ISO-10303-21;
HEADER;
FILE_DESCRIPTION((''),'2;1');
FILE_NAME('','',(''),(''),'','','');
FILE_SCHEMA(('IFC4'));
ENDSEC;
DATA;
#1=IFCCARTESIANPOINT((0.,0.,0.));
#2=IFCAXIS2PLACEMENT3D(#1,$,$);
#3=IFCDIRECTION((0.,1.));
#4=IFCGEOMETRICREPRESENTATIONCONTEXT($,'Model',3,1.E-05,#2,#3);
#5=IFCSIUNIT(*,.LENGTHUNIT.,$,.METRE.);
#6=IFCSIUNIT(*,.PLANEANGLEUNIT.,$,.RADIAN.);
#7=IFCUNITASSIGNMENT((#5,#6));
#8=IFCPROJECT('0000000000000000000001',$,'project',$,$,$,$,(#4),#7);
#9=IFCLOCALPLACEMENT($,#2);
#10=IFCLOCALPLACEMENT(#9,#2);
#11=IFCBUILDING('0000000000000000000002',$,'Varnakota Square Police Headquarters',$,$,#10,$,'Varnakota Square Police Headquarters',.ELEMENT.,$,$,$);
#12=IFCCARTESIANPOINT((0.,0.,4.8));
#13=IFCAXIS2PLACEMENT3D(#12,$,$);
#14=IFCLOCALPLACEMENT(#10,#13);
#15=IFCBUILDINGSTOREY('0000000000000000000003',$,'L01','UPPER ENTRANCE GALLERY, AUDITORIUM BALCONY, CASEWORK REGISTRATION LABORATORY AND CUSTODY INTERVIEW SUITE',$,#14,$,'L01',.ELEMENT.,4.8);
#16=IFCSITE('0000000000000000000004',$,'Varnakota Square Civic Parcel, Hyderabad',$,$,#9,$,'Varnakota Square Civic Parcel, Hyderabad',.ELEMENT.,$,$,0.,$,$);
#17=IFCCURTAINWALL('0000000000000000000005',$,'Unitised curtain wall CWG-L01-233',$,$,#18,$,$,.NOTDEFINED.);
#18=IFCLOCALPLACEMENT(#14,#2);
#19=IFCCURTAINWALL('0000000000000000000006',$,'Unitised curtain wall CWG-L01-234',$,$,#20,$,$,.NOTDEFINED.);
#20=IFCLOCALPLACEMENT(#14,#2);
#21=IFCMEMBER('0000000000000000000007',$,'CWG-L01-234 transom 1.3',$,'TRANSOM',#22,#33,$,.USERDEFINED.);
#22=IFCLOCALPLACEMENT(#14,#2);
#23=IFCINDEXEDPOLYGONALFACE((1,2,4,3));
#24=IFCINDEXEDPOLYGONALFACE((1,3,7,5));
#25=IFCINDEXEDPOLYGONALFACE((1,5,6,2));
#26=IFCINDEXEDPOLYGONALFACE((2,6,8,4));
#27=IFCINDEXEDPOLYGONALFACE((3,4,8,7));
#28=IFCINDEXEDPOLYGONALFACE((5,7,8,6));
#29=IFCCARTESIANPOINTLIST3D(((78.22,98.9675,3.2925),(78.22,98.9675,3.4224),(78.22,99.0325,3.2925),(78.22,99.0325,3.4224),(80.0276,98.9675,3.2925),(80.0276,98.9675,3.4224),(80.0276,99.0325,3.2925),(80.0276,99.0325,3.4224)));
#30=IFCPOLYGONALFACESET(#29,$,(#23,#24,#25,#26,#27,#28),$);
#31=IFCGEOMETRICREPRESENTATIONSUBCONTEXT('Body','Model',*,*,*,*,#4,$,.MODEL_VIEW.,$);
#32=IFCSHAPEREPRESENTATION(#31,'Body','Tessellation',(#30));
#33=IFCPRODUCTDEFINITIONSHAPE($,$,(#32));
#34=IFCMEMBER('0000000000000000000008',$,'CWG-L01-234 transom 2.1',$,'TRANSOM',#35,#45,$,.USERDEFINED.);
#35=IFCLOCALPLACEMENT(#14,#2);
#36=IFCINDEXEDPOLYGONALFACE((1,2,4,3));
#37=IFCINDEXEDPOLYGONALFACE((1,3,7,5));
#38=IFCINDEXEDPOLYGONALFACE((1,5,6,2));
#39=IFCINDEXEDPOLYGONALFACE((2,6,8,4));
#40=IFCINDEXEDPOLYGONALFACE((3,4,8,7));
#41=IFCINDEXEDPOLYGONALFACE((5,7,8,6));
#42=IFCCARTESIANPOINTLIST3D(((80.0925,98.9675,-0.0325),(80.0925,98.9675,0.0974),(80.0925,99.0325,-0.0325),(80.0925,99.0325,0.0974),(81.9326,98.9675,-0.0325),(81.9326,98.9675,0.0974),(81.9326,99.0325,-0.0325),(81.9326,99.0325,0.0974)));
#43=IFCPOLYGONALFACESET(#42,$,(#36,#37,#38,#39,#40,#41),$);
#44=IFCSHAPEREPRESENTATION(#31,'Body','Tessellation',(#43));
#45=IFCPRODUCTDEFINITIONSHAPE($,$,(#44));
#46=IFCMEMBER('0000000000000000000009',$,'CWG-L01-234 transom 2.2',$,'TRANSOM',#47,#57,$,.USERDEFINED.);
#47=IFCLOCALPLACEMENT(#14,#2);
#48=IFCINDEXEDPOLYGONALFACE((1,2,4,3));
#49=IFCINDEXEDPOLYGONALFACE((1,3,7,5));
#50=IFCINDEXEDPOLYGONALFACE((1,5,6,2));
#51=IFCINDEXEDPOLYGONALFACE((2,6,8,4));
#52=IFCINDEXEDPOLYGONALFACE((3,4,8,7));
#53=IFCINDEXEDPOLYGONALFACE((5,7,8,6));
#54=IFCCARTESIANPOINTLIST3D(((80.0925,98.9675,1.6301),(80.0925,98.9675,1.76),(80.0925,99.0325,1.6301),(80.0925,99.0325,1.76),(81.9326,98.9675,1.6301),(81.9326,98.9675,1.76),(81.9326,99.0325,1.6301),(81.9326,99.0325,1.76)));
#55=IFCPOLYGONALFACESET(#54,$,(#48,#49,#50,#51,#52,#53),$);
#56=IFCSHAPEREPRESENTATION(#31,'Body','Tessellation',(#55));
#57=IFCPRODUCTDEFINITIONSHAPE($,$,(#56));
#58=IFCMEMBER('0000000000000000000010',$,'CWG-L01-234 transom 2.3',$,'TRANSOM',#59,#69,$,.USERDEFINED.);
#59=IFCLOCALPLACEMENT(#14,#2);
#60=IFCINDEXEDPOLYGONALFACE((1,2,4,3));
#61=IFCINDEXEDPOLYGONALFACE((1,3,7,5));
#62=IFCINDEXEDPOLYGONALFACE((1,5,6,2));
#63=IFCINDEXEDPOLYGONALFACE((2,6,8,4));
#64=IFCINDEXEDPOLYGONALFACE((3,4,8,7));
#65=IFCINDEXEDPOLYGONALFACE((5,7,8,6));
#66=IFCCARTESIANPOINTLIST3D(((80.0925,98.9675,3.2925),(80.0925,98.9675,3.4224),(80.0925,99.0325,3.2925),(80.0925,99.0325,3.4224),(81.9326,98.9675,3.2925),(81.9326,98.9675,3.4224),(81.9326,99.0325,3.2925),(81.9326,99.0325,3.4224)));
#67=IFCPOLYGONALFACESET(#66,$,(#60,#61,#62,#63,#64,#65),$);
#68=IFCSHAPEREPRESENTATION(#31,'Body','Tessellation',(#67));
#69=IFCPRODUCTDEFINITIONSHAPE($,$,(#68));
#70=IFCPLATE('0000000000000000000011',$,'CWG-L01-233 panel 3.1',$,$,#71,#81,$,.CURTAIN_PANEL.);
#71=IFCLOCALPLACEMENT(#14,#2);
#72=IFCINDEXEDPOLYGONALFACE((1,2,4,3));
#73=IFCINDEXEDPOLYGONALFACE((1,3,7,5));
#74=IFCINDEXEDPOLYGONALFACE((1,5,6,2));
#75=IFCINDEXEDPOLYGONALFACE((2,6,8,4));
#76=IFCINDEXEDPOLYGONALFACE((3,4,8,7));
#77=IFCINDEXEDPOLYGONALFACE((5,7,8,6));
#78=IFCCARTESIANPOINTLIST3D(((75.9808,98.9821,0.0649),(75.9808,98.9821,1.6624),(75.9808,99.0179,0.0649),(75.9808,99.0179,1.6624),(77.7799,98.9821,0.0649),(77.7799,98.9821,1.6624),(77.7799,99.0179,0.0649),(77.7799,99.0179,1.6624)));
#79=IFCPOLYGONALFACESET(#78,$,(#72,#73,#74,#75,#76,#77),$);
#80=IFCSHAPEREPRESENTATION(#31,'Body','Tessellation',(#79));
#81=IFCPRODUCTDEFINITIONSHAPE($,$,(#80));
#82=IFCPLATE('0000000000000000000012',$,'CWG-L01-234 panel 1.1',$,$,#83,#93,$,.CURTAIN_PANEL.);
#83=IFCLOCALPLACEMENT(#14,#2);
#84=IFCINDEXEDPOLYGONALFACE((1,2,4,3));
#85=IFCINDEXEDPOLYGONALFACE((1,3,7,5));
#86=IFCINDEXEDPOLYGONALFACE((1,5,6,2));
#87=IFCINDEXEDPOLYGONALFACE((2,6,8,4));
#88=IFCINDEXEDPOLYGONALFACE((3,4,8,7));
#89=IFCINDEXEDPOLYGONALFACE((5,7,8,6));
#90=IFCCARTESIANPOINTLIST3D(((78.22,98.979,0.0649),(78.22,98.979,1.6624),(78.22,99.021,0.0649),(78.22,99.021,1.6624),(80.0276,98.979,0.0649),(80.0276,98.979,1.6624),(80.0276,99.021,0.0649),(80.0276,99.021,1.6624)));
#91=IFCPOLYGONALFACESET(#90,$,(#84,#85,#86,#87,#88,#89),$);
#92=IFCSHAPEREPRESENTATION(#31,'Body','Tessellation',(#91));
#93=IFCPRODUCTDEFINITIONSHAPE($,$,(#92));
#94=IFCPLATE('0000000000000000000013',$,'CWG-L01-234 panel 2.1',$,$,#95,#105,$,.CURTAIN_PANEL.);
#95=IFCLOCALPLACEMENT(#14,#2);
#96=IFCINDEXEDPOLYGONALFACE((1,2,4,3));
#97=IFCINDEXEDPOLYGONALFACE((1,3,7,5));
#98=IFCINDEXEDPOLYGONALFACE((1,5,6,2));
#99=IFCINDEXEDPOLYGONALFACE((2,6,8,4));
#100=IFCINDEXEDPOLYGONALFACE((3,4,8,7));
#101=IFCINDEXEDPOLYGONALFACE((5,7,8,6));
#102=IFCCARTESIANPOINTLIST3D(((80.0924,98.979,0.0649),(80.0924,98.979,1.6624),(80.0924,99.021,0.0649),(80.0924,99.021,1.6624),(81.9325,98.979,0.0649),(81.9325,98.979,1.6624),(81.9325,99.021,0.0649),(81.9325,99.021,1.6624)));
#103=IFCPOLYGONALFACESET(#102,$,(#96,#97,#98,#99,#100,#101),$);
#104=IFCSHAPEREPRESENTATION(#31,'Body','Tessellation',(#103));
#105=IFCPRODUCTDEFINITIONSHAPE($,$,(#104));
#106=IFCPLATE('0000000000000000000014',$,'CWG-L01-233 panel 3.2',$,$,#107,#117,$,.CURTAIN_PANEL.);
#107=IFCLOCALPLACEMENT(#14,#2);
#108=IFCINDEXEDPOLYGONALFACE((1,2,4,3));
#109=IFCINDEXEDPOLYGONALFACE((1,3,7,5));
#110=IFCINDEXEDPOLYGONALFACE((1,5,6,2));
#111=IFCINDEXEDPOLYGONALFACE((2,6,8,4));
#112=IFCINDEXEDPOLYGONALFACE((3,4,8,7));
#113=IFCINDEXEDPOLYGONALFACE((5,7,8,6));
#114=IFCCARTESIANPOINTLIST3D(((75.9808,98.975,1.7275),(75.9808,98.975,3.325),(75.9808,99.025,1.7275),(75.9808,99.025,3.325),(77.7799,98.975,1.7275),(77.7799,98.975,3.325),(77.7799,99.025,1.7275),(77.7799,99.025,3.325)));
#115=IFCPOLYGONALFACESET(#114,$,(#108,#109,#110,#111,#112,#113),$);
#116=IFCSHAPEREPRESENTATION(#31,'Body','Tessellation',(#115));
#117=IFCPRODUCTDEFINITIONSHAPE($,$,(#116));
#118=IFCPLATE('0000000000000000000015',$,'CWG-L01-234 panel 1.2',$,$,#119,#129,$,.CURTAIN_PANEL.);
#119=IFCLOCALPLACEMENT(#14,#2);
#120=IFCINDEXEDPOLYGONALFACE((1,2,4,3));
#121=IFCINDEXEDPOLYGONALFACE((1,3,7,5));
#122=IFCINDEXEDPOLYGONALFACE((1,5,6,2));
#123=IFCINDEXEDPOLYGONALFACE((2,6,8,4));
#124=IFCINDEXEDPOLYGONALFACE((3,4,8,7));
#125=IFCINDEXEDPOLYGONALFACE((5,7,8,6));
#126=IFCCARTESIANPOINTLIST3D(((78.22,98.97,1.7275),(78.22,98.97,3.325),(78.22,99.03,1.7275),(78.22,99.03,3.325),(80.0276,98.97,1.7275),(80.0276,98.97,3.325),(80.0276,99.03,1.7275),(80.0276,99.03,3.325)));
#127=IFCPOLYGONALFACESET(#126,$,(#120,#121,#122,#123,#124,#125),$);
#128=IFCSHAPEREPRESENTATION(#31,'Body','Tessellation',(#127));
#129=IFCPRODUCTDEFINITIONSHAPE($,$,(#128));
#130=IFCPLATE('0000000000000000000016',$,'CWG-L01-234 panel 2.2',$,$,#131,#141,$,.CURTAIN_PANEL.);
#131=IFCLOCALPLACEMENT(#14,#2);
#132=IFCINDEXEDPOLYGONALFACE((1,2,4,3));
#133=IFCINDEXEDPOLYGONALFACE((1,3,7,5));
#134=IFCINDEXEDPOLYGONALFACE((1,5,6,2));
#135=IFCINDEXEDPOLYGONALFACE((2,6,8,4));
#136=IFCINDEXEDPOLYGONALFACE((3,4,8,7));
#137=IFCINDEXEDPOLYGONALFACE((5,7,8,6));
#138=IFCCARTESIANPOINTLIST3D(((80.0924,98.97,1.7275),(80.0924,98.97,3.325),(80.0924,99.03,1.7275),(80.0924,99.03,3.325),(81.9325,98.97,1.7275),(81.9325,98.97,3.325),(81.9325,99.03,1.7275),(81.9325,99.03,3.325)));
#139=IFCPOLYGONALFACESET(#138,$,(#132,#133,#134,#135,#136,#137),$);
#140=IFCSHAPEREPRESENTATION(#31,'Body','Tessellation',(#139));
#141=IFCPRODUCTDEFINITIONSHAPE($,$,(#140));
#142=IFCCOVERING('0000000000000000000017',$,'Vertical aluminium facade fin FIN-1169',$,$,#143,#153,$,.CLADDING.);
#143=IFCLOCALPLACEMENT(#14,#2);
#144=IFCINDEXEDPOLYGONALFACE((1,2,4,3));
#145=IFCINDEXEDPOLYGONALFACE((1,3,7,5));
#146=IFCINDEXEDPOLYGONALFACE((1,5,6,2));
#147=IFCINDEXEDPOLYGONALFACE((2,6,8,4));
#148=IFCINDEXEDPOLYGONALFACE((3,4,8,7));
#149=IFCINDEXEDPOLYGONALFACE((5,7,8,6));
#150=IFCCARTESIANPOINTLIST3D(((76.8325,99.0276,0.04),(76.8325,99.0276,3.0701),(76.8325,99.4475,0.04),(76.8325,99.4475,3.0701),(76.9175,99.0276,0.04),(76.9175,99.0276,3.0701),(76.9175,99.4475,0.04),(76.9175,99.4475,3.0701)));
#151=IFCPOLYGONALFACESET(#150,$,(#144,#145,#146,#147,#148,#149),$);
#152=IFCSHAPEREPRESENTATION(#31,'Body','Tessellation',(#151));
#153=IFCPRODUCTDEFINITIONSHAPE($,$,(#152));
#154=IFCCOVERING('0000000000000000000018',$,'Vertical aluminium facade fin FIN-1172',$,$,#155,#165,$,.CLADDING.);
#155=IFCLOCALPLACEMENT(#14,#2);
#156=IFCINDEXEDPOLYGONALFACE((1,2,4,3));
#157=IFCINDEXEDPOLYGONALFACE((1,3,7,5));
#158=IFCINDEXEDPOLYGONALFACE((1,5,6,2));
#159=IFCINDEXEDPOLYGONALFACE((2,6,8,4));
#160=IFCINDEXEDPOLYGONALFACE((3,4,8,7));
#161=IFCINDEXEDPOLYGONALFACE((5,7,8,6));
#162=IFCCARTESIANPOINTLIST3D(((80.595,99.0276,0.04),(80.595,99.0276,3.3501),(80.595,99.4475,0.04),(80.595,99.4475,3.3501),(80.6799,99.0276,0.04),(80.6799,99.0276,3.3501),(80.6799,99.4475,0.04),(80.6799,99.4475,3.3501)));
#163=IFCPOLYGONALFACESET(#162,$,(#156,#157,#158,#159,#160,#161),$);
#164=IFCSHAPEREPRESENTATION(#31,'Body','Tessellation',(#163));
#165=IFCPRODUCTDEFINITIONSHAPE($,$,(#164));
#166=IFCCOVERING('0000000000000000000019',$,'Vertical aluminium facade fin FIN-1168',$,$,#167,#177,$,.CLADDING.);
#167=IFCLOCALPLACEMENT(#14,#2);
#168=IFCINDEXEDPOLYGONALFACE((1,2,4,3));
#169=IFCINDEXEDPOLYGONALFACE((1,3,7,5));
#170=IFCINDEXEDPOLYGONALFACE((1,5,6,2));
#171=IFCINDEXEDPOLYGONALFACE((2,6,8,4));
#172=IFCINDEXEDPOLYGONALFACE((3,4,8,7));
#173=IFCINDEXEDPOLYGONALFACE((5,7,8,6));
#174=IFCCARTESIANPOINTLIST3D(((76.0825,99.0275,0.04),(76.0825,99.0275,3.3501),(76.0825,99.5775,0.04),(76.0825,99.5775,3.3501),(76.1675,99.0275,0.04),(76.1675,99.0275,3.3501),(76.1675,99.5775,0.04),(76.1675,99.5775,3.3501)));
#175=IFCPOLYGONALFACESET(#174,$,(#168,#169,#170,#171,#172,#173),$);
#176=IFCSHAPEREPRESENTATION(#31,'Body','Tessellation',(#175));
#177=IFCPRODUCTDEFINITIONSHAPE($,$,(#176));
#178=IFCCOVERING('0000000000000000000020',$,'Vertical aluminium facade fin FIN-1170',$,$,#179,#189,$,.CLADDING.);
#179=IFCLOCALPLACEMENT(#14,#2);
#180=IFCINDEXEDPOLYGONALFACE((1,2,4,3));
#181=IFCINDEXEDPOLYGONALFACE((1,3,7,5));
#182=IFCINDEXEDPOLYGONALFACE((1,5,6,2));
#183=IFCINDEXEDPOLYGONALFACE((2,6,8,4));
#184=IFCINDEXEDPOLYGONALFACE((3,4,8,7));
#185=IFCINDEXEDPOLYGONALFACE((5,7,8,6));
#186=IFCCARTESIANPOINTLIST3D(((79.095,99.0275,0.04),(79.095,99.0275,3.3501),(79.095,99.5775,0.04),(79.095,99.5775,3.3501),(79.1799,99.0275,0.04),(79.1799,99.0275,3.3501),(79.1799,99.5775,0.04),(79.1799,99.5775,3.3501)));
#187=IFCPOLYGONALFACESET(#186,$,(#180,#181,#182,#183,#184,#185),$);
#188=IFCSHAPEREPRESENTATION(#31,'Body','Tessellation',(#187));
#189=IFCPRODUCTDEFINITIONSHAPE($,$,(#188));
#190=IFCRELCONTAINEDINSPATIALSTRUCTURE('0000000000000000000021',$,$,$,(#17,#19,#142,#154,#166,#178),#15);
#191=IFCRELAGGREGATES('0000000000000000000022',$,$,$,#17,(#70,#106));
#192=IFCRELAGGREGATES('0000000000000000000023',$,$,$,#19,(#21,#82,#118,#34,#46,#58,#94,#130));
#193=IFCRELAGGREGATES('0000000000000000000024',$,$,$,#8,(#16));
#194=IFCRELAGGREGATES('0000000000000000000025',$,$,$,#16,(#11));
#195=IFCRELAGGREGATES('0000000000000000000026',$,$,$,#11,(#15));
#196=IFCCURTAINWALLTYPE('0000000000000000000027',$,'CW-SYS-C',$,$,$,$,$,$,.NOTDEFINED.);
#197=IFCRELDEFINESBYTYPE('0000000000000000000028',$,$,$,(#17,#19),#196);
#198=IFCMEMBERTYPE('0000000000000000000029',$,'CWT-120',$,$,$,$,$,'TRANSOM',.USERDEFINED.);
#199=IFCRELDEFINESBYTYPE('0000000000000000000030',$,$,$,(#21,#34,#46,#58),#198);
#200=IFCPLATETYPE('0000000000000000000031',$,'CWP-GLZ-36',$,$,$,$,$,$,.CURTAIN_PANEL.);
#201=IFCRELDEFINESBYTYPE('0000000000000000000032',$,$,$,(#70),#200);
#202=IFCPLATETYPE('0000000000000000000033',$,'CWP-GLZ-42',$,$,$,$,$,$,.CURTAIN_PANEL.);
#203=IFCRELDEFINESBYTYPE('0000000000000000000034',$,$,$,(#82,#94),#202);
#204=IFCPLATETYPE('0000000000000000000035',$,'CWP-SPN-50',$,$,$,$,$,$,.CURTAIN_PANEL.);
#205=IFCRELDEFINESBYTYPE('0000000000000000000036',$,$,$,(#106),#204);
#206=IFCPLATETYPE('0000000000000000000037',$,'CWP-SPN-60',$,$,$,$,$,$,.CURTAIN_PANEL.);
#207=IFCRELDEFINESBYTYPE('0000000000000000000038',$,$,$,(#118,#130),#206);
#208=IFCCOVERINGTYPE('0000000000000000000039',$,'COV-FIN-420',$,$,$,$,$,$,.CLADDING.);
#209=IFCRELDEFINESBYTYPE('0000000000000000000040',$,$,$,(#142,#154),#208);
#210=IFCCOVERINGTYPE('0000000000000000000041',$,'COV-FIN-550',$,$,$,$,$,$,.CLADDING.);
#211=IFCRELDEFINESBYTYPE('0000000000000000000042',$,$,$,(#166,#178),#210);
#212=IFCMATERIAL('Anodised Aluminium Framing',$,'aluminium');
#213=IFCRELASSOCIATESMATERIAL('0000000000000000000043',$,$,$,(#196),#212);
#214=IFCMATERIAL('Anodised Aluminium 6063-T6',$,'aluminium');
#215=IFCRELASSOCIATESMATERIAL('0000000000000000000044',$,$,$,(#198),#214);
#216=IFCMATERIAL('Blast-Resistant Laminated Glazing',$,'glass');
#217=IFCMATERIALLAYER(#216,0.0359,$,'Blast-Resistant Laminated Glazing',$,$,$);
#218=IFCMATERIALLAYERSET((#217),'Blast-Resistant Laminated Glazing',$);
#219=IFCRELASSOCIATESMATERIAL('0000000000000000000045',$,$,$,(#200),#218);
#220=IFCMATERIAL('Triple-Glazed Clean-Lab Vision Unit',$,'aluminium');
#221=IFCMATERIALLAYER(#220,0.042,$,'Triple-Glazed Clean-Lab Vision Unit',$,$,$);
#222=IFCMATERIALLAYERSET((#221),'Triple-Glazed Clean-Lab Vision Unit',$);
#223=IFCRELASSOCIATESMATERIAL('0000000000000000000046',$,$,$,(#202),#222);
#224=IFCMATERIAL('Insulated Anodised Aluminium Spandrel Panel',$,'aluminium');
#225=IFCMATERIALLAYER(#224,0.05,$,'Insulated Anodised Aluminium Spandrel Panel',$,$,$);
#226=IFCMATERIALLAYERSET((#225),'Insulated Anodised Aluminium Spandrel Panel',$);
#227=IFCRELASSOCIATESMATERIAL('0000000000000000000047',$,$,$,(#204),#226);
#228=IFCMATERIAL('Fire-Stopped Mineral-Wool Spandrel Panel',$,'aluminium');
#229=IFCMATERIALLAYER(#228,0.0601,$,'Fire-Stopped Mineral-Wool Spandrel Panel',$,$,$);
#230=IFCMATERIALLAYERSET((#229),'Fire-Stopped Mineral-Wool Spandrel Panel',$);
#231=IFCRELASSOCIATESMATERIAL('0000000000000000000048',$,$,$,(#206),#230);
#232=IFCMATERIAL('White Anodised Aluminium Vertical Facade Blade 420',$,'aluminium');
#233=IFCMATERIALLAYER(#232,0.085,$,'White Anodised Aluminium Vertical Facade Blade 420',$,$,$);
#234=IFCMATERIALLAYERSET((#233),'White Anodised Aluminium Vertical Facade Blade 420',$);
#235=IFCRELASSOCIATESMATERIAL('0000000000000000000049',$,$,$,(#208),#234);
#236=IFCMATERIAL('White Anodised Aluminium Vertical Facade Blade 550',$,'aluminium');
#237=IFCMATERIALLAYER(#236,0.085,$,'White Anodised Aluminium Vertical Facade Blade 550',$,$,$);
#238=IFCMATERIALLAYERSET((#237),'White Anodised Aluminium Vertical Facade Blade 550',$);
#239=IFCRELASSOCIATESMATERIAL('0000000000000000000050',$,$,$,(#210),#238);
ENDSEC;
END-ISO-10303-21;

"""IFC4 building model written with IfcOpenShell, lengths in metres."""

from ifc_helpers import new_model, si_unit, direction, frame, origin, origin_2d, place, context, subcontext, project, spatial, rectangle, extrude, material, layer, layer_set, material_profile, profile_set, type_object, element, aggregate, save


model = new_model("IFC4")

# Units and contexts
model_context = context("Model", 3, precision=1e-05, world=origin(), true_north=direction((0.0, 1.0)))
body_context = subcontext(model_context, "Body", "Model", "MODEL_VIEW")
ifc_project = project(units=[si_unit("LENGTHUNIT", "METRE"), si_unit("PLANEANGLEUNIT", "RADIAN")], contexts=[model_context])

# Site, building, storey
site_placement = place(None, origin())
site = spatial("IfcSite", under=ifc_project, at=site_placement, Name="Varnakota Square Civic Parcel, Hyderabad", LongName="Varnakota Square Civic Parcel, Hyderabad", CompositionType="ELEMENT", RefElevation=0.0)
building_placement = place(site_placement, origin())
building = spatial("IfcBuilding", under=site, at=building_placement, Name="Varnakota Square Police Headquarters", LongName="Varnakota Square Police Headquarters", CompositionType="ELEMENT")
storey_placement = place(building_placement, frame((0.0, 0.0, 4.8)))
storey = spatial("IfcBuildingStorey", under=building, at=storey_placement, Name="L01", Description="UPPER ENTRANCE GALLERY, AUDITORIUM BALCONY, CASEWORK REGISTRATION LABORATORY AND CUSTODY INTERVIEW SUITE", LongName="L01", CompositionType="ELEMENT", Elevation=4.8)

# Curtain wall
ifc_material_1 = material(Name="Anodised Aluminium Framing", Category="aluminium")
curtain_wall_type = type_object("IfcCurtainWallType", Name="CW-SYS-C", PredefinedType="NOTDEFINED", material=ifc_material_1)
curtain_wall_1_placement = place(storey_placement, origin())
curtain_wall_1 = element("IfcCurtainWall", 1, at=curtain_wall_1_placement, inside=storey, type_object=curtain_wall_type, Name="Unitised curtain wall CWG-L01-233", PredefinedType="NOTDEFINED")
ifc_material_2 = material(Name="Anodised Aluminium 6063-T6", Category="aluminium")

# Curtain wall, members
curtain_wall_2_placement = place(storey_placement, origin())
curtain_wall_2 = element("IfcCurtainWall", 2, at=curtain_wall_2_placement, inside=storey, type_object=curtain_wall_type, Name="Unitised curtain wall CWG-L01-234", PredefinedType="NOTDEFINED")
ifc_material_profile_1 = material_profile(ifc_material_2, rectangle(XDim=0.0649, YDim=0.1299, at=origin_2d()), Name="ALU TRANSOM 65x130")
ifc_profile_set_1 = profile_set([ifc_material_profile_1], Name="Anodised Aluminium 6063-T6")
member_type_1 = type_object("IfcMemberType", Name="CWT-120", ElementType="TRANSOM", PredefinedType="USERDEFINED", material=ifc_profile_set_1)
member_1_placement = place(storey_placement, frame((78.22, 99.0, 3.3574), z_axis=(1.0, 0.0, 0.0), x_axis=(0.0, 1.0, 0.0)))
member_1 = element("IfcMember", 3, at=member_1_placement, type_object=member_type_1, Name="CWG-L01-234 transom 1.3", ObjectType="TRANSOM", PredefinedType="USERDEFINED", context=body_context, shape_type="SweptSolid", body=[
    extrude(rectangle(XDim=0.0649, YDim=0.1299, at=origin_2d()), origin(), (0.0, 0.0, 1.0), 1.8076),
])
member_2_placement = place(storey_placement, frame((80.0925, 99.0, 0.0325), z_axis=(1.0, 0.0, 0.0), x_axis=(0.0, 1.0, 0.0)))
member_2 = element("IfcMember", 4, at=member_2_placement, type_object=member_type_1, Name="CWG-L01-234 transom 2.1", ObjectType="TRANSOM", PredefinedType="USERDEFINED", context=body_context, shape_type="SweptSolid", body=[
    extrude(rectangle(XDim=0.0649, YDim=0.1299, at=origin_2d()), origin(), (0.0, 0.0, 1.0), 1.8401),
])
member_3_placement = place(storey_placement, frame((80.0925, 99.0, 1.6951), z_axis=(1.0, 0.0, 0.0), x_axis=(0.0, 1.0, 0.0)))
member_3 = element("IfcMember", 5, at=member_3_placement, type_object=member_type_1, Name="CWG-L01-234 transom 2.2", ObjectType="TRANSOM", PredefinedType="USERDEFINED", context=body_context, shape_type="SweptSolid", body=[
    extrude(rectangle(XDim=0.0649, YDim=0.1299, at=origin_2d()), origin(), (0.0, 0.0, 1.0), 1.8401),
])
member_4_placement = place(storey_placement, frame((80.0925, 99.0, 3.3574), z_axis=(1.0, 0.0, 0.0), x_axis=(0.0, 1.0, 0.0)))
member_4 = element("IfcMember", 6, at=member_4_placement, type_object=member_type_1, Name="CWG-L01-234 transom 2.3", ObjectType="TRANSOM", PredefinedType="USERDEFINED", context=body_context, shape_type="SweptSolid", body=[
    extrude(rectangle(XDim=0.0649, YDim=0.1299, at=origin_2d()), origin(), (0.0, 0.0, 1.0), 1.8401),
])

# Plates
ifc_material_3 = material(Name="Blast-Resistant Laminated Glazing", Category="glass")
ifc_layer_1 = layer(ifc_material_3, 0.0359, Name="Blast-Resistant Laminated Glazing")
ifc_layer_set_1 = layer_set([ifc_layer_1], Name="Blast-Resistant Laminated Glazing")
plate_type_1 = type_object("IfcPlateType", Name="CWP-GLZ-36", PredefinedType="CURTAIN_PANEL", material=ifc_layer_set_1)
plate_1_placement = place(storey_placement, frame((76.8804, 99.0, 0.0649), z_axis=(0.0, 0.0, 1.0), x_axis=(1.0, 0.0, 0.0)))
plate_1 = element("IfcPlate", 7, at=plate_1_placement, type_object=plate_type_1, Name="CWG-L01-233 panel 3.1", PredefinedType="CURTAIN_PANEL", context=body_context, shape_type="SweptSolid", body=[
    extrude(rectangle(XDim=1.7991, YDim=0.0359, at=origin_2d()), origin(), (0.0, 0.0, 1.0), 1.5974),
])
ifc_material_4 = material(Name="Triple-Glazed Clean-Lab Vision Unit", Category="aluminium")
ifc_layer_2 = layer(ifc_material_4, 0.042, Name="Triple-Glazed Clean-Lab Vision Unit")
ifc_layer_set_2 = layer_set([ifc_layer_2], Name="Triple-Glazed Clean-Lab Vision Unit")
plate_type_2 = type_object("IfcPlateType", Name="CWP-GLZ-42", PredefinedType="CURTAIN_PANEL", material=ifc_layer_set_2)
plate_2_placement = place(storey_placement, frame((79.1238, 99.0, 0.0649), z_axis=(0.0, 0.0, 1.0), x_axis=(1.0, 0.0, 0.0)))
plate_2 = element("IfcPlate", 8, at=plate_2_placement, type_object=plate_type_2, Name="CWG-L01-234 panel 1.1", PredefinedType="CURTAIN_PANEL", context=body_context, shape_type="SweptSolid", body=[
    extrude(rectangle(XDim=1.8076, YDim=0.042, at=origin_2d()), origin(), (0.0, 0.0, 1.0), 1.5974),
])
plate_3_placement = place(storey_placement, frame((81.0125, 99.0, 0.0649), z_axis=(0.0, 0.0, 1.0), x_axis=(1.0, 0.0, 0.0)))
plate_3 = element("IfcPlate", 9, at=plate_3_placement, type_object=plate_type_2, Name="CWG-L01-234 panel 2.1", PredefinedType="CURTAIN_PANEL", context=body_context, shape_type="SweptSolid", body=[
    extrude(rectangle(XDim=1.8401, YDim=0.042, at=origin_2d()), origin(), (0.0, 0.0, 1.0), 1.5974),
])
ifc_material_5 = material(Name="Insulated Anodised Aluminium Spandrel Panel", Category="aluminium")
ifc_layer_3 = layer(ifc_material_5, 0.05, Name="Insulated Anodised Aluminium Spandrel Panel")
ifc_layer_set_3 = layer_set([ifc_layer_3], Name="Insulated Anodised Aluminium Spandrel Panel")
plate_type_3 = type_object("IfcPlateType", Name="CWP-SPN-50", PredefinedType="CURTAIN_PANEL", material=ifc_layer_set_3)
plate_4_placement = place(storey_placement, frame((76.8804, 99.0, 1.7275), z_axis=(0.0, 0.0, 1.0), x_axis=(1.0, 0.0, 0.0)))
plate_4 = element("IfcPlate", 10, at=plate_4_placement, type_object=plate_type_3, Name="CWG-L01-233 panel 3.2", PredefinedType="CURTAIN_PANEL", context=body_context, shape_type="SweptSolid", body=[
    extrude(rectangle(XDim=1.7991, YDim=0.05, at=origin_2d()), origin(), (0.0, 0.0, 1.0), 1.5974),
])
aggregate(curtain_wall_1, [plate_1, plate_4])
ifc_material_6 = material(Name="Fire-Stopped Mineral-Wool Spandrel Panel", Category="aluminium")
ifc_layer_4 = layer(ifc_material_6, 0.0601, Name="Fire-Stopped Mineral-Wool Spandrel Panel")
ifc_layer_set_4 = layer_set([ifc_layer_4], Name="Fire-Stopped Mineral-Wool Spandrel Panel")
plate_type_4 = type_object("IfcPlateType", Name="CWP-SPN-60", PredefinedType="CURTAIN_PANEL", material=ifc_layer_set_4)
plate_5_placement = place(storey_placement, frame((79.1238, 99.0, 1.7275), z_axis=(0.0, 0.0, 1.0), x_axis=(1.0, 0.0, 0.0)))
plate_5 = element("IfcPlate", 11, at=plate_5_placement, type_object=plate_type_4, Name="CWG-L01-234 panel 1.2", PredefinedType="CURTAIN_PANEL", context=body_context, shape_type="SweptSolid", body=[
    extrude(rectangle(XDim=1.8076, YDim=0.0601, at=origin_2d()), origin(), (0.0, 0.0, 1.0), 1.5974),
])
plate_6_placement = place(storey_placement, frame((81.0125, 99.0, 1.7275), z_axis=(0.0, 0.0, 1.0), x_axis=(1.0, 0.0, 0.0)))
plate_6 = element("IfcPlate", 12, at=plate_6_placement, type_object=plate_type_4, Name="CWG-L01-234 panel 2.2", PredefinedType="CURTAIN_PANEL", context=body_context, shape_type="SweptSolid", body=[
    extrude(rectangle(XDim=1.8401, YDim=0.0601, at=origin_2d()), origin(), (0.0, 0.0, 1.0), 1.5974),
])
aggregate(curtain_wall_2, [member_1, plate_2, plate_5, member_2, member_3, member_4, plate_3, plate_6])

# Coverings
ifc_material_7 = material(Name="White Anodised Aluminium Vertical Facade Blade 420", Category="aluminium")
ifc_layer_5 = layer(ifc_material_7, 0.085, Name="White Anodised Aluminium Vertical Facade Blade 420")
ifc_layer_set_5 = layer_set([ifc_layer_5], Name="White Anodised Aluminium Vertical Facade Blade 420")
covering_type_1 = type_object("IfcCoveringType", Name="COV-FIN-420", PredefinedType="CLADDING", material=ifc_layer_set_5)
covering_1_placement = place(storey_placement, frame((76.875, 99.2375, 0.04), z_axis=(0.0, 0.0, 1.0), x_axis=(1.0, 0.0, 0.0)))
element("IfcCovering", 13, at=covering_1_placement, inside=storey, type_object=covering_type_1, Name="Vertical aluminium facade fin FIN-1169", PredefinedType="CLADDING", context=body_context, shape_type="SweptSolid", body=[
    extrude(rectangle(XDim=0.085, YDim=0.4199, at=origin_2d()), origin(), (0.0, 0.0, 1.0), 3.03),
])
covering_2_placement = place(storey_placement, frame((80.6375, 99.2375, 0.04), z_axis=(0.0, 0.0, 1.0), x_axis=(1.0, 0.0, 0.0)))
element("IfcCovering", 14, at=covering_2_placement, inside=storey, type_object=covering_type_1, Name="Vertical aluminium facade fin FIN-1172", PredefinedType="CLADDING", context=body_context, shape_type="SweptSolid", body=[
    extrude(rectangle(XDim=0.085, YDim=0.4199, at=origin_2d()), origin(), (0.0, 0.0, 1.0), 3.3101),
])
ifc_material_8 = material(Name="White Anodised Aluminium Vertical Facade Blade 550", Category="aluminium")
ifc_layer_6 = layer(ifc_material_8, 0.085, Name="White Anodised Aluminium Vertical Facade Blade 550")
ifc_layer_set_6 = layer_set([ifc_layer_6], Name="White Anodised Aluminium Vertical Facade Blade 550")
covering_type_2 = type_object("IfcCoveringType", Name="COV-FIN-550", PredefinedType="CLADDING", material=ifc_layer_set_6)
for number, where, z_axis, x_axis, name in (
    (15, (76.125, 99.3025, 0.04), (0.0, 0.0, 1.0), (1.0, 0.0, 0.0), "Vertical aluminium facade fin FIN-1168"),
    (16, (79.1375, 99.3025, 0.04), (0.0, 0.0, 1.0), (1.0, 0.0, 0.0), "Vertical aluminium facade fin FIN-1170"),
):
    element("IfcCovering", number, at=place(storey_placement, frame(where, z_axis=z_axis, x_axis=x_axis)), inside=storey, type_object=covering_type_2, Name=name, PredefinedType="CLADDING", context=body_context, shape_type="SweptSolid", body=[
        extrude(rectangle(XDim=0.085, YDim=0.55, at=origin_2d()), origin(), (0.0, 0.0, 1.0), 3.3101),
    ])

save(model, "model.ifc")
